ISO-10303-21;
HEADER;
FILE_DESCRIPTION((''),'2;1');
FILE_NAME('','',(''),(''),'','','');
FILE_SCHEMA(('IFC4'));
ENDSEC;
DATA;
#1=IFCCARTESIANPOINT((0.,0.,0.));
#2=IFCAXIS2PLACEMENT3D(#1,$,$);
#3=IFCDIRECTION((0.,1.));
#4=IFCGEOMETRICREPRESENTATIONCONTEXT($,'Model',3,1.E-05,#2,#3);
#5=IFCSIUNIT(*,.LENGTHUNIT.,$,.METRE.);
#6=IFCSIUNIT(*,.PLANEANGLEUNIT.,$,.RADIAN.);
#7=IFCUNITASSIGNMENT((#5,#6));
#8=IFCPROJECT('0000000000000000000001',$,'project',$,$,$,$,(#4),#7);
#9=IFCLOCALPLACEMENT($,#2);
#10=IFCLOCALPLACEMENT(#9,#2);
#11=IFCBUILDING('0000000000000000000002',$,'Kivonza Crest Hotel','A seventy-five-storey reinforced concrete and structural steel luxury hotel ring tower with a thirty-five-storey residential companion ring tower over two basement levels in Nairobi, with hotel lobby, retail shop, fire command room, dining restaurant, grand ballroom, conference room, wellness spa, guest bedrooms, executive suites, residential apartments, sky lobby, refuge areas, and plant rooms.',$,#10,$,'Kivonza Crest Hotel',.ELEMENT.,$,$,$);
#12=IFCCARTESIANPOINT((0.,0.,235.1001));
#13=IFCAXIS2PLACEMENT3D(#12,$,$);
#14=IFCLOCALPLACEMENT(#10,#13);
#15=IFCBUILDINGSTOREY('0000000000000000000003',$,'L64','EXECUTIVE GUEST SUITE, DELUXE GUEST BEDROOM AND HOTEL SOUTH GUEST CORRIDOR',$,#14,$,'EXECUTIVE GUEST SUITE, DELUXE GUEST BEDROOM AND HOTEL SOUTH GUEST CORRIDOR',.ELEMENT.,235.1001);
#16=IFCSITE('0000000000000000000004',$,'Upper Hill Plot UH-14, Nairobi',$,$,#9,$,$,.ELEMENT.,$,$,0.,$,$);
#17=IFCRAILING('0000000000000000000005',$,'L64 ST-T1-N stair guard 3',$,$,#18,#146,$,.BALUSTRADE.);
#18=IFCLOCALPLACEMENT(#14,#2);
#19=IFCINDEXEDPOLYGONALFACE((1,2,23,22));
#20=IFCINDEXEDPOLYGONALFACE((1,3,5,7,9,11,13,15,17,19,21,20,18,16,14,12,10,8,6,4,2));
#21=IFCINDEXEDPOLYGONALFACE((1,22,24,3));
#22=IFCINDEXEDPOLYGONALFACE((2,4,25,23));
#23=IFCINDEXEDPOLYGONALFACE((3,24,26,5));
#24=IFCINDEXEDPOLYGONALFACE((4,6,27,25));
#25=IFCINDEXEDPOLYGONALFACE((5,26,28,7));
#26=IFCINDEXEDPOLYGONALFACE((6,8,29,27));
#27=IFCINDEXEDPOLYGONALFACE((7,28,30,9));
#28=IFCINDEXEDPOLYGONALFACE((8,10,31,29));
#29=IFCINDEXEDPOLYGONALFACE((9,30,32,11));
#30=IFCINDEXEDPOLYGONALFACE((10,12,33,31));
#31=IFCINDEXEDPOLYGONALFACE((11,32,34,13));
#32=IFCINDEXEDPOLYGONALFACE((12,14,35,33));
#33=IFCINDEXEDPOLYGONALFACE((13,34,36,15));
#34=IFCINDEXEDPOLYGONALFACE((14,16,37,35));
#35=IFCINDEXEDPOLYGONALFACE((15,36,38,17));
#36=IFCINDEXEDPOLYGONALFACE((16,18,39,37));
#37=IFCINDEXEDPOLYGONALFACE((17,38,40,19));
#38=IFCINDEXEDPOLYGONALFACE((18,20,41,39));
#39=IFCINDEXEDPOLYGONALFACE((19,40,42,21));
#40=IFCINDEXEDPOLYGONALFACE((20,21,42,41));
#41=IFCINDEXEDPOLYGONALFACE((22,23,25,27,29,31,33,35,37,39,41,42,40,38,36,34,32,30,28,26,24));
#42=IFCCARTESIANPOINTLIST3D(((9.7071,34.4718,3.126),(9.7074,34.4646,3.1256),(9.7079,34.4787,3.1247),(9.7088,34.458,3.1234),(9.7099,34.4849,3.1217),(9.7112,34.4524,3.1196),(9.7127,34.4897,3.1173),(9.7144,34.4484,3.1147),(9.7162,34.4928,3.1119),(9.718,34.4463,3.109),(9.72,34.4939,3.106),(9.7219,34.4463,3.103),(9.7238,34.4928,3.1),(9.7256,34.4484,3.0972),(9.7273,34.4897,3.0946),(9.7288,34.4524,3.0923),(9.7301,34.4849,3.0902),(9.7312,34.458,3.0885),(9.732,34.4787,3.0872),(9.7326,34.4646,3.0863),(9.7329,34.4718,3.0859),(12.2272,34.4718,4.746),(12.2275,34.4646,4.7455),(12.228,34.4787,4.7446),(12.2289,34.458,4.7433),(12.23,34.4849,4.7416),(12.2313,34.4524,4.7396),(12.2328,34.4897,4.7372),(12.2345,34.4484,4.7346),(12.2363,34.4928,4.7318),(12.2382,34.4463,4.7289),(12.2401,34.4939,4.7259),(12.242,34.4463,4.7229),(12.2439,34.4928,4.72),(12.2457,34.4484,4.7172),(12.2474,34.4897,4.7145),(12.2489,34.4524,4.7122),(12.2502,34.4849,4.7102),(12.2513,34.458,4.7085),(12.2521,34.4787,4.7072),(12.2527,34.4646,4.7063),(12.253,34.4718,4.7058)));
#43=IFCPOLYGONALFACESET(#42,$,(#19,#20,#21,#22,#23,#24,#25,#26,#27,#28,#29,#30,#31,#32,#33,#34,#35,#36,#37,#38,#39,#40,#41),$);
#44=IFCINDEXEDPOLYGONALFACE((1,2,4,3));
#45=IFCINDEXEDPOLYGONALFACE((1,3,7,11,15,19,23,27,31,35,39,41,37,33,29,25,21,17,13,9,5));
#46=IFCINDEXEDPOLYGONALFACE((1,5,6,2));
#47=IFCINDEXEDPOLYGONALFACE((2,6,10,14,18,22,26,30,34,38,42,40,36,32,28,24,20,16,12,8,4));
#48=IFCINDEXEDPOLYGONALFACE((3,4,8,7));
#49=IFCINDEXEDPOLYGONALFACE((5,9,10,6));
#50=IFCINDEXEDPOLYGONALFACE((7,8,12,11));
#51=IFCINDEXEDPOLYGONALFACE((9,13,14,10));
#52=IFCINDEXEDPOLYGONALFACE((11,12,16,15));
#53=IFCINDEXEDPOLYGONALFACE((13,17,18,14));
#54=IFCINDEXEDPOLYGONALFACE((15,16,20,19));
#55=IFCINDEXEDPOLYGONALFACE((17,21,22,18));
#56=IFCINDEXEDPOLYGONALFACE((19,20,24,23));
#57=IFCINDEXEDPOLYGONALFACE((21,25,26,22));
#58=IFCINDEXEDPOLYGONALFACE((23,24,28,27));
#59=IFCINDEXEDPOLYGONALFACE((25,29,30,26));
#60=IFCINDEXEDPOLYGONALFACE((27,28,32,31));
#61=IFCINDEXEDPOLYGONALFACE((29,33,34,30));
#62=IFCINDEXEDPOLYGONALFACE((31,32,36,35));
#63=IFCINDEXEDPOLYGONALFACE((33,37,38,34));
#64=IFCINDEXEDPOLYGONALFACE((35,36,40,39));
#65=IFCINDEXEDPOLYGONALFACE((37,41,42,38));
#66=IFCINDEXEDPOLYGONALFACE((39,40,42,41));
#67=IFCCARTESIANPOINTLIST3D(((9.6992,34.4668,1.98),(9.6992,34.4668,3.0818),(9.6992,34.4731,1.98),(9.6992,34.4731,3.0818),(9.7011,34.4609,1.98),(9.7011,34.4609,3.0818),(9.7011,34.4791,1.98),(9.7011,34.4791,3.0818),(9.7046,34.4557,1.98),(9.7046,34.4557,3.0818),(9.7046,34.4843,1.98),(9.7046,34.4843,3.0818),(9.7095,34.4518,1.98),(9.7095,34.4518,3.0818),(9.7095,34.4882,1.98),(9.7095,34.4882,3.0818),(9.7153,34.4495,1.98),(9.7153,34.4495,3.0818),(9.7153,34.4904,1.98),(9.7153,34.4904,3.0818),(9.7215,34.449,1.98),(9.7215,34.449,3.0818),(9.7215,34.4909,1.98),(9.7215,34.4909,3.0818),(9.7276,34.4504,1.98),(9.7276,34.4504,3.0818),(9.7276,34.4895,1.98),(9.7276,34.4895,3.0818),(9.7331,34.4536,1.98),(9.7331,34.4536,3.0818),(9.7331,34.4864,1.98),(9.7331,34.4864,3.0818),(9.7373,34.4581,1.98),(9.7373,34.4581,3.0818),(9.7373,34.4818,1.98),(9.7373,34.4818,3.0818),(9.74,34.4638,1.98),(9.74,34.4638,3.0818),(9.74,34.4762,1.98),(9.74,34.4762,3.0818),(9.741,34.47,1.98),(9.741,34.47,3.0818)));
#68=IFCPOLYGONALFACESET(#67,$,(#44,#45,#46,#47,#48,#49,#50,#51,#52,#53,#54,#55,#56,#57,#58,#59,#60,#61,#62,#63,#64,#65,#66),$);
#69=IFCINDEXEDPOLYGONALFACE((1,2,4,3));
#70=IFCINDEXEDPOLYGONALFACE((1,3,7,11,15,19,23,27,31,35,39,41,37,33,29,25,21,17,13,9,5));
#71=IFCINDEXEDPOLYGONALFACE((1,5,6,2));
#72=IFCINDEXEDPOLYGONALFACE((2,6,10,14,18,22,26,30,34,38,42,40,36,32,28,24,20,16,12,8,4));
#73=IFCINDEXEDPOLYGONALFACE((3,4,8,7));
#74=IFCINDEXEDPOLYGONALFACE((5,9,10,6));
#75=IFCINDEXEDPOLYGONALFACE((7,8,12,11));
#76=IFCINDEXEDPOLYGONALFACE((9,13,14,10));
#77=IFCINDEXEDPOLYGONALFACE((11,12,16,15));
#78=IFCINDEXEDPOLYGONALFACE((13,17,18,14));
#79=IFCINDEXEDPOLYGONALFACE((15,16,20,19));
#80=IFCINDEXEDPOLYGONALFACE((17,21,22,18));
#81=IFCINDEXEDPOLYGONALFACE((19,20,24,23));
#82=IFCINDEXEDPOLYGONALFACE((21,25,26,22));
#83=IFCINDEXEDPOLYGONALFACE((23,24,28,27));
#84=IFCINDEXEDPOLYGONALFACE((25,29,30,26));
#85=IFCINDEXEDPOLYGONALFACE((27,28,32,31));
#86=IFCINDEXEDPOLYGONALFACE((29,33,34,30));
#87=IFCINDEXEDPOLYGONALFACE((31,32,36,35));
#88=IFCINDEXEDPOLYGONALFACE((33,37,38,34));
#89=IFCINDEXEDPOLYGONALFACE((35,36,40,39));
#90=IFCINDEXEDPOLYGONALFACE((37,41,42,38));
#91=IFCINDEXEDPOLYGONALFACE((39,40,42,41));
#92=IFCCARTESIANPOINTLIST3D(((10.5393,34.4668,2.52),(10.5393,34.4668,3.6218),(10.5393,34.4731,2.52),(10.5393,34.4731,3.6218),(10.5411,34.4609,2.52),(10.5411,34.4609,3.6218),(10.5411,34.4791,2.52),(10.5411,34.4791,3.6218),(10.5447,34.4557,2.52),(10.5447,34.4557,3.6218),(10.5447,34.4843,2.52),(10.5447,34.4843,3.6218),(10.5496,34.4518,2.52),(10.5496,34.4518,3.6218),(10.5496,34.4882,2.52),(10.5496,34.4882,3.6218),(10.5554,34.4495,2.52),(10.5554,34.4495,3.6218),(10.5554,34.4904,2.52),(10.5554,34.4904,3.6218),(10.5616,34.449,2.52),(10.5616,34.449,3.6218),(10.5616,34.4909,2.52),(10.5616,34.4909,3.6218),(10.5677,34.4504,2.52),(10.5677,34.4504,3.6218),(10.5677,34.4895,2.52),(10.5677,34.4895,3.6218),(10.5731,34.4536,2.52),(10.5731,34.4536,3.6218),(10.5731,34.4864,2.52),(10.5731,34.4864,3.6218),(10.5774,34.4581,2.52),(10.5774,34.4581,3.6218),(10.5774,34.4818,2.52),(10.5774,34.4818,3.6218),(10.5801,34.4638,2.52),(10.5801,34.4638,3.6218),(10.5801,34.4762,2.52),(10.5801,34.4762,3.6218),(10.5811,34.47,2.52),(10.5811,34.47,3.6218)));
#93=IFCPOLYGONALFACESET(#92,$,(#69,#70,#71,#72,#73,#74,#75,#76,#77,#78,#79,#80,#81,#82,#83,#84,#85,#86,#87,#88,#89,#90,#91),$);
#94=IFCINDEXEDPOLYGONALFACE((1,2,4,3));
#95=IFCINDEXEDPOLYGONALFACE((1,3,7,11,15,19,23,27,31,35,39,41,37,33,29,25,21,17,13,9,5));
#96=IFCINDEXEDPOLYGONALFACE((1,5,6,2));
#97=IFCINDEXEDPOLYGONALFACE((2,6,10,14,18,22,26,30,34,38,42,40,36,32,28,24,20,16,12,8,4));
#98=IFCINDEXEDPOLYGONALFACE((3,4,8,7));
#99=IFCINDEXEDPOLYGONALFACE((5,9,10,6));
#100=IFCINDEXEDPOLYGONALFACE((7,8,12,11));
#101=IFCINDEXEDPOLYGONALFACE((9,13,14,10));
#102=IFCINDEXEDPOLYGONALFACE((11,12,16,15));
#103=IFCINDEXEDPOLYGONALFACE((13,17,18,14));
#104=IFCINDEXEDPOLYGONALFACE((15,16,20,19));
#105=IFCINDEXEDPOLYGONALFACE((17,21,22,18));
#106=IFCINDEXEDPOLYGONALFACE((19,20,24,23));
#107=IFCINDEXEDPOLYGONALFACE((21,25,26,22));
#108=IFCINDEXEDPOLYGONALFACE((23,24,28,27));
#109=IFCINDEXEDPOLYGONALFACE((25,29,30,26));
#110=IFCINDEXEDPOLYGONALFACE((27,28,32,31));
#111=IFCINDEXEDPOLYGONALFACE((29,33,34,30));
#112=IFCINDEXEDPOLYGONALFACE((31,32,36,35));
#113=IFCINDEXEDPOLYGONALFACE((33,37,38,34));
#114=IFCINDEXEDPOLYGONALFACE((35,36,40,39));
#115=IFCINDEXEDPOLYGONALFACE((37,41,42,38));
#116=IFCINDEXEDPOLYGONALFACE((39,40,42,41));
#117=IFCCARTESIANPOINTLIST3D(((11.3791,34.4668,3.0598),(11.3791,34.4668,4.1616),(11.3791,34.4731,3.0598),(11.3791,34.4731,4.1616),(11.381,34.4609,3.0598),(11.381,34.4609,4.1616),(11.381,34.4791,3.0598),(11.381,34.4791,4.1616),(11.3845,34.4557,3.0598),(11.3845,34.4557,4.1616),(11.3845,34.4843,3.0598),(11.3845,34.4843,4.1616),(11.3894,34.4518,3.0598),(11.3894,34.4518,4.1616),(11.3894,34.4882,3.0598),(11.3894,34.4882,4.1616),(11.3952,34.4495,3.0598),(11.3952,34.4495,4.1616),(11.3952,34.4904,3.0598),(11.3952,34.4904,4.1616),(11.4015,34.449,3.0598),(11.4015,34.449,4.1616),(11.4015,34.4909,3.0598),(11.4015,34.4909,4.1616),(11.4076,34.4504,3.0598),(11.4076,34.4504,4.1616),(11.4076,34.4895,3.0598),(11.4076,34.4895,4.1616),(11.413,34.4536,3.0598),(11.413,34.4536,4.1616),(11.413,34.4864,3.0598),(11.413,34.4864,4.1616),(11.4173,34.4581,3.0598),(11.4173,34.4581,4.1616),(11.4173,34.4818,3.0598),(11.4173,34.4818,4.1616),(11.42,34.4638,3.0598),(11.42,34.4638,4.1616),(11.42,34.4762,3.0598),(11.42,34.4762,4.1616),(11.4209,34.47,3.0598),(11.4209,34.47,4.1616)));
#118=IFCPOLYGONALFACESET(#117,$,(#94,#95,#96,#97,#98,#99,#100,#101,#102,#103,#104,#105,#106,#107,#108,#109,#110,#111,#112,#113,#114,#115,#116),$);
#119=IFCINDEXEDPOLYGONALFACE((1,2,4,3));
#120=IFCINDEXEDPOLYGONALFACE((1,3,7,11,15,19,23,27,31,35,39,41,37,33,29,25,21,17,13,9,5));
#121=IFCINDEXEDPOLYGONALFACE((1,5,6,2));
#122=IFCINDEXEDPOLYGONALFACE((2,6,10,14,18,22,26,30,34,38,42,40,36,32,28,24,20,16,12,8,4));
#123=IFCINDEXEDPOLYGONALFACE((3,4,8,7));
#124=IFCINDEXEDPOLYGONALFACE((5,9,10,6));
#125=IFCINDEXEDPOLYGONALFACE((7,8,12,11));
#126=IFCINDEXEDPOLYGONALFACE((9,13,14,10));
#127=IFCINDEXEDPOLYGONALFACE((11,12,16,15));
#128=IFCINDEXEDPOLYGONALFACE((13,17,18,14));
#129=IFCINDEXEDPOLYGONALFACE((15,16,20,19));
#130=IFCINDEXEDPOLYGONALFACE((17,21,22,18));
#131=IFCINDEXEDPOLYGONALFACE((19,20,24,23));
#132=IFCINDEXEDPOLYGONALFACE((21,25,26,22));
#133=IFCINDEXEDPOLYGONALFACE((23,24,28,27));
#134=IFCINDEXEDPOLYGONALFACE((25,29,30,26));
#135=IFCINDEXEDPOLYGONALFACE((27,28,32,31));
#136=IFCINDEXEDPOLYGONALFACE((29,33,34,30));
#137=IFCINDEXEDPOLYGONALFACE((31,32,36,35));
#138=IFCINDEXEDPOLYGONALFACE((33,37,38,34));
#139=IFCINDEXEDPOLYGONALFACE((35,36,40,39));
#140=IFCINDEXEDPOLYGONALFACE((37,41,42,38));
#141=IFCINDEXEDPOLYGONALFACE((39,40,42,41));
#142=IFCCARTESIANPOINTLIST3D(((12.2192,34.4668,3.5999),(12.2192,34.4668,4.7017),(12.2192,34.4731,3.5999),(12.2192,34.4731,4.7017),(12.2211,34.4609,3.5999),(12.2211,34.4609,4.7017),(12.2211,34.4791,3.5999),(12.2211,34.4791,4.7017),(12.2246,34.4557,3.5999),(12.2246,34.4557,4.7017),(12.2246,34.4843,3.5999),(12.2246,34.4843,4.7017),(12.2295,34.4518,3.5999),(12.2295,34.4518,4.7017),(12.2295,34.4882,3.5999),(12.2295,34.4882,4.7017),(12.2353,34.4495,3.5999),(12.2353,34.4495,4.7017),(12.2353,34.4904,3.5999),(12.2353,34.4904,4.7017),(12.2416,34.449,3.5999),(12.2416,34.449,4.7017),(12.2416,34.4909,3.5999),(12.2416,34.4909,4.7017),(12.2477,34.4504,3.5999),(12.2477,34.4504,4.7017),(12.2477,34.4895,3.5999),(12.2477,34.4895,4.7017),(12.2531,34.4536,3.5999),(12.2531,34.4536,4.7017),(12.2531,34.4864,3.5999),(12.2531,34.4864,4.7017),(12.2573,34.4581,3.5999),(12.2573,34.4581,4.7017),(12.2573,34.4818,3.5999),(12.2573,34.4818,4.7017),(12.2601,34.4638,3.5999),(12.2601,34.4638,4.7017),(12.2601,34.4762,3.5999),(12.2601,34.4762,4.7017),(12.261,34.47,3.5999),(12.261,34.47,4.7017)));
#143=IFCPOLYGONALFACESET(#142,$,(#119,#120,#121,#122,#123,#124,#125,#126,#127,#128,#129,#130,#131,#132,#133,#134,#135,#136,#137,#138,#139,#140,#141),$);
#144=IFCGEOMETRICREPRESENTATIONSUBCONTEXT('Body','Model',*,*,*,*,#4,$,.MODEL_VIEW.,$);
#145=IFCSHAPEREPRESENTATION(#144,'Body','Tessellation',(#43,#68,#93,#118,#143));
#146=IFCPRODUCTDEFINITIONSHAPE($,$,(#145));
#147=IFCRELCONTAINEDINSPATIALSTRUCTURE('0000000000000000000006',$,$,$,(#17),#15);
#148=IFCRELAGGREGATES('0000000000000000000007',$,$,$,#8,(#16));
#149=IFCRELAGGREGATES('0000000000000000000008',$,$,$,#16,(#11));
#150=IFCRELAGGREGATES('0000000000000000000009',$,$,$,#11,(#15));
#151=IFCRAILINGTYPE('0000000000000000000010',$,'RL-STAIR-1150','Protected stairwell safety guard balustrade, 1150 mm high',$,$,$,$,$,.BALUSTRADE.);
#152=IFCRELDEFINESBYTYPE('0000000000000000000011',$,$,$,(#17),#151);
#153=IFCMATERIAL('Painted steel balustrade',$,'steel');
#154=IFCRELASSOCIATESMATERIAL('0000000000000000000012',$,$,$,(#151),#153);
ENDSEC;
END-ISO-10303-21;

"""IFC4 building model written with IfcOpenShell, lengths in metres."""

from ifc_helpers import new_model, si_unit, direction, frame, origin, origin_2d, place, context, subcontext, project, spatial, circle, extrude, material, type_object, element, save


model = new_model("IFC4")

# Units and contexts
model_context = context("Model", 3, precision=1e-05, world=origin(), true_north=direction((0.0, 1.0)))
body_context = subcontext(model_context, "Body", "Model", "MODEL_VIEW")
ifc_project = project(units=[si_unit("LENGTHUNIT", "METRE"), si_unit("PLANEANGLEUNIT", "RADIAN")], contexts=[model_context])

# Site, building, storey
site_placement = place(None, origin())
site = spatial("IfcSite", under=ifc_project, at=site_placement, Name="Upper Hill Plot UH-14, Nairobi", CompositionType="ELEMENT", RefElevation=0.0)
building_placement = place(site_placement, origin())
building = spatial("IfcBuilding", under=site, at=building_placement, Name="Kivonza Crest Hotel", Description="A seventy-five-storey reinforced concrete and structural steel luxury hotel ring tower with a thirty-five-storey residential companion ring tower over two basement levels in Nairobi, with hotel lobby, retail shop, fire command room, dining restaurant, grand ballroom, conference room, wellness spa, guest bedrooms, executive suites, residential apartments, sky lobby, refuge areas, and plant rooms.", LongName="Kivonza Crest Hotel", CompositionType="ELEMENT")
storey_placement = place(building_placement, frame((0.0, 0.0, 235.1001)))
storey = spatial("IfcBuildingStorey", under=building, at=storey_placement, Name="L64", Description="EXECUTIVE GUEST SUITE, DELUXE GUEST BEDROOM AND HOTEL SOUTH GUEST CORRIDOR", LongName="EXECUTIVE GUEST SUITE, DELUXE GUEST BEDROOM AND HOTEL SOUTH GUEST CORRIDOR", CompositionType="ELEMENT", Elevation=235.1001)

# Railing
ifc_material_1 = material(Name="Painted steel balustrade", Category="steel")
railing_type_1 = type_object("IfcRailingType", Name="RL-STAIR-1150", Description="Protected stairwell safety guard balustrade, 1150 mm high", PredefinedType="BALUSTRADE", material=ifc_material_1)
railing_1_placement = place(storey_placement, frame((9.72, 34.47, 1.98)))
element("IfcRailing", 1, at=railing_1_placement, inside=storey, type_object=railing_type_1, Name="L64 ST-T1-N stair guard 3", PredefinedType="BALUSTRADE", context=body_context, shape_type="SweptSolid", body=[
    extrude(circle(Radius=0.0239, at=origin_2d()), frame((0.0, 0.0, 1.126), z_axis=(0.8412, 0.0, 0.540725), x_axis=(0.0, 1.0, 0.0)), (0.0, 0.0, 1.0), 2.9958),
    extrude(circle(Radius=0.021, at=origin_2d()), origin(), (0.0, 0.0, 1.0), 1.1018),
    extrude(circle(Radius=0.021, at=origin_2d()), frame((0.8401, 0.0, 0.54)), (0.0, 0.0, 1.0), 1.1018),
    extrude(circle(Radius=0.021, at=origin_2d()), frame((1.6799, 0.0, 1.0798)), (0.0, 0.0, 1.0), 1.1018),
    extrude(circle(Radius=0.021, at=origin_2d()), frame((2.52, 0.0, 1.6199)), (0.0, 0.0, 1.0), 1.1018),
])

save(model, "model.ifc")
